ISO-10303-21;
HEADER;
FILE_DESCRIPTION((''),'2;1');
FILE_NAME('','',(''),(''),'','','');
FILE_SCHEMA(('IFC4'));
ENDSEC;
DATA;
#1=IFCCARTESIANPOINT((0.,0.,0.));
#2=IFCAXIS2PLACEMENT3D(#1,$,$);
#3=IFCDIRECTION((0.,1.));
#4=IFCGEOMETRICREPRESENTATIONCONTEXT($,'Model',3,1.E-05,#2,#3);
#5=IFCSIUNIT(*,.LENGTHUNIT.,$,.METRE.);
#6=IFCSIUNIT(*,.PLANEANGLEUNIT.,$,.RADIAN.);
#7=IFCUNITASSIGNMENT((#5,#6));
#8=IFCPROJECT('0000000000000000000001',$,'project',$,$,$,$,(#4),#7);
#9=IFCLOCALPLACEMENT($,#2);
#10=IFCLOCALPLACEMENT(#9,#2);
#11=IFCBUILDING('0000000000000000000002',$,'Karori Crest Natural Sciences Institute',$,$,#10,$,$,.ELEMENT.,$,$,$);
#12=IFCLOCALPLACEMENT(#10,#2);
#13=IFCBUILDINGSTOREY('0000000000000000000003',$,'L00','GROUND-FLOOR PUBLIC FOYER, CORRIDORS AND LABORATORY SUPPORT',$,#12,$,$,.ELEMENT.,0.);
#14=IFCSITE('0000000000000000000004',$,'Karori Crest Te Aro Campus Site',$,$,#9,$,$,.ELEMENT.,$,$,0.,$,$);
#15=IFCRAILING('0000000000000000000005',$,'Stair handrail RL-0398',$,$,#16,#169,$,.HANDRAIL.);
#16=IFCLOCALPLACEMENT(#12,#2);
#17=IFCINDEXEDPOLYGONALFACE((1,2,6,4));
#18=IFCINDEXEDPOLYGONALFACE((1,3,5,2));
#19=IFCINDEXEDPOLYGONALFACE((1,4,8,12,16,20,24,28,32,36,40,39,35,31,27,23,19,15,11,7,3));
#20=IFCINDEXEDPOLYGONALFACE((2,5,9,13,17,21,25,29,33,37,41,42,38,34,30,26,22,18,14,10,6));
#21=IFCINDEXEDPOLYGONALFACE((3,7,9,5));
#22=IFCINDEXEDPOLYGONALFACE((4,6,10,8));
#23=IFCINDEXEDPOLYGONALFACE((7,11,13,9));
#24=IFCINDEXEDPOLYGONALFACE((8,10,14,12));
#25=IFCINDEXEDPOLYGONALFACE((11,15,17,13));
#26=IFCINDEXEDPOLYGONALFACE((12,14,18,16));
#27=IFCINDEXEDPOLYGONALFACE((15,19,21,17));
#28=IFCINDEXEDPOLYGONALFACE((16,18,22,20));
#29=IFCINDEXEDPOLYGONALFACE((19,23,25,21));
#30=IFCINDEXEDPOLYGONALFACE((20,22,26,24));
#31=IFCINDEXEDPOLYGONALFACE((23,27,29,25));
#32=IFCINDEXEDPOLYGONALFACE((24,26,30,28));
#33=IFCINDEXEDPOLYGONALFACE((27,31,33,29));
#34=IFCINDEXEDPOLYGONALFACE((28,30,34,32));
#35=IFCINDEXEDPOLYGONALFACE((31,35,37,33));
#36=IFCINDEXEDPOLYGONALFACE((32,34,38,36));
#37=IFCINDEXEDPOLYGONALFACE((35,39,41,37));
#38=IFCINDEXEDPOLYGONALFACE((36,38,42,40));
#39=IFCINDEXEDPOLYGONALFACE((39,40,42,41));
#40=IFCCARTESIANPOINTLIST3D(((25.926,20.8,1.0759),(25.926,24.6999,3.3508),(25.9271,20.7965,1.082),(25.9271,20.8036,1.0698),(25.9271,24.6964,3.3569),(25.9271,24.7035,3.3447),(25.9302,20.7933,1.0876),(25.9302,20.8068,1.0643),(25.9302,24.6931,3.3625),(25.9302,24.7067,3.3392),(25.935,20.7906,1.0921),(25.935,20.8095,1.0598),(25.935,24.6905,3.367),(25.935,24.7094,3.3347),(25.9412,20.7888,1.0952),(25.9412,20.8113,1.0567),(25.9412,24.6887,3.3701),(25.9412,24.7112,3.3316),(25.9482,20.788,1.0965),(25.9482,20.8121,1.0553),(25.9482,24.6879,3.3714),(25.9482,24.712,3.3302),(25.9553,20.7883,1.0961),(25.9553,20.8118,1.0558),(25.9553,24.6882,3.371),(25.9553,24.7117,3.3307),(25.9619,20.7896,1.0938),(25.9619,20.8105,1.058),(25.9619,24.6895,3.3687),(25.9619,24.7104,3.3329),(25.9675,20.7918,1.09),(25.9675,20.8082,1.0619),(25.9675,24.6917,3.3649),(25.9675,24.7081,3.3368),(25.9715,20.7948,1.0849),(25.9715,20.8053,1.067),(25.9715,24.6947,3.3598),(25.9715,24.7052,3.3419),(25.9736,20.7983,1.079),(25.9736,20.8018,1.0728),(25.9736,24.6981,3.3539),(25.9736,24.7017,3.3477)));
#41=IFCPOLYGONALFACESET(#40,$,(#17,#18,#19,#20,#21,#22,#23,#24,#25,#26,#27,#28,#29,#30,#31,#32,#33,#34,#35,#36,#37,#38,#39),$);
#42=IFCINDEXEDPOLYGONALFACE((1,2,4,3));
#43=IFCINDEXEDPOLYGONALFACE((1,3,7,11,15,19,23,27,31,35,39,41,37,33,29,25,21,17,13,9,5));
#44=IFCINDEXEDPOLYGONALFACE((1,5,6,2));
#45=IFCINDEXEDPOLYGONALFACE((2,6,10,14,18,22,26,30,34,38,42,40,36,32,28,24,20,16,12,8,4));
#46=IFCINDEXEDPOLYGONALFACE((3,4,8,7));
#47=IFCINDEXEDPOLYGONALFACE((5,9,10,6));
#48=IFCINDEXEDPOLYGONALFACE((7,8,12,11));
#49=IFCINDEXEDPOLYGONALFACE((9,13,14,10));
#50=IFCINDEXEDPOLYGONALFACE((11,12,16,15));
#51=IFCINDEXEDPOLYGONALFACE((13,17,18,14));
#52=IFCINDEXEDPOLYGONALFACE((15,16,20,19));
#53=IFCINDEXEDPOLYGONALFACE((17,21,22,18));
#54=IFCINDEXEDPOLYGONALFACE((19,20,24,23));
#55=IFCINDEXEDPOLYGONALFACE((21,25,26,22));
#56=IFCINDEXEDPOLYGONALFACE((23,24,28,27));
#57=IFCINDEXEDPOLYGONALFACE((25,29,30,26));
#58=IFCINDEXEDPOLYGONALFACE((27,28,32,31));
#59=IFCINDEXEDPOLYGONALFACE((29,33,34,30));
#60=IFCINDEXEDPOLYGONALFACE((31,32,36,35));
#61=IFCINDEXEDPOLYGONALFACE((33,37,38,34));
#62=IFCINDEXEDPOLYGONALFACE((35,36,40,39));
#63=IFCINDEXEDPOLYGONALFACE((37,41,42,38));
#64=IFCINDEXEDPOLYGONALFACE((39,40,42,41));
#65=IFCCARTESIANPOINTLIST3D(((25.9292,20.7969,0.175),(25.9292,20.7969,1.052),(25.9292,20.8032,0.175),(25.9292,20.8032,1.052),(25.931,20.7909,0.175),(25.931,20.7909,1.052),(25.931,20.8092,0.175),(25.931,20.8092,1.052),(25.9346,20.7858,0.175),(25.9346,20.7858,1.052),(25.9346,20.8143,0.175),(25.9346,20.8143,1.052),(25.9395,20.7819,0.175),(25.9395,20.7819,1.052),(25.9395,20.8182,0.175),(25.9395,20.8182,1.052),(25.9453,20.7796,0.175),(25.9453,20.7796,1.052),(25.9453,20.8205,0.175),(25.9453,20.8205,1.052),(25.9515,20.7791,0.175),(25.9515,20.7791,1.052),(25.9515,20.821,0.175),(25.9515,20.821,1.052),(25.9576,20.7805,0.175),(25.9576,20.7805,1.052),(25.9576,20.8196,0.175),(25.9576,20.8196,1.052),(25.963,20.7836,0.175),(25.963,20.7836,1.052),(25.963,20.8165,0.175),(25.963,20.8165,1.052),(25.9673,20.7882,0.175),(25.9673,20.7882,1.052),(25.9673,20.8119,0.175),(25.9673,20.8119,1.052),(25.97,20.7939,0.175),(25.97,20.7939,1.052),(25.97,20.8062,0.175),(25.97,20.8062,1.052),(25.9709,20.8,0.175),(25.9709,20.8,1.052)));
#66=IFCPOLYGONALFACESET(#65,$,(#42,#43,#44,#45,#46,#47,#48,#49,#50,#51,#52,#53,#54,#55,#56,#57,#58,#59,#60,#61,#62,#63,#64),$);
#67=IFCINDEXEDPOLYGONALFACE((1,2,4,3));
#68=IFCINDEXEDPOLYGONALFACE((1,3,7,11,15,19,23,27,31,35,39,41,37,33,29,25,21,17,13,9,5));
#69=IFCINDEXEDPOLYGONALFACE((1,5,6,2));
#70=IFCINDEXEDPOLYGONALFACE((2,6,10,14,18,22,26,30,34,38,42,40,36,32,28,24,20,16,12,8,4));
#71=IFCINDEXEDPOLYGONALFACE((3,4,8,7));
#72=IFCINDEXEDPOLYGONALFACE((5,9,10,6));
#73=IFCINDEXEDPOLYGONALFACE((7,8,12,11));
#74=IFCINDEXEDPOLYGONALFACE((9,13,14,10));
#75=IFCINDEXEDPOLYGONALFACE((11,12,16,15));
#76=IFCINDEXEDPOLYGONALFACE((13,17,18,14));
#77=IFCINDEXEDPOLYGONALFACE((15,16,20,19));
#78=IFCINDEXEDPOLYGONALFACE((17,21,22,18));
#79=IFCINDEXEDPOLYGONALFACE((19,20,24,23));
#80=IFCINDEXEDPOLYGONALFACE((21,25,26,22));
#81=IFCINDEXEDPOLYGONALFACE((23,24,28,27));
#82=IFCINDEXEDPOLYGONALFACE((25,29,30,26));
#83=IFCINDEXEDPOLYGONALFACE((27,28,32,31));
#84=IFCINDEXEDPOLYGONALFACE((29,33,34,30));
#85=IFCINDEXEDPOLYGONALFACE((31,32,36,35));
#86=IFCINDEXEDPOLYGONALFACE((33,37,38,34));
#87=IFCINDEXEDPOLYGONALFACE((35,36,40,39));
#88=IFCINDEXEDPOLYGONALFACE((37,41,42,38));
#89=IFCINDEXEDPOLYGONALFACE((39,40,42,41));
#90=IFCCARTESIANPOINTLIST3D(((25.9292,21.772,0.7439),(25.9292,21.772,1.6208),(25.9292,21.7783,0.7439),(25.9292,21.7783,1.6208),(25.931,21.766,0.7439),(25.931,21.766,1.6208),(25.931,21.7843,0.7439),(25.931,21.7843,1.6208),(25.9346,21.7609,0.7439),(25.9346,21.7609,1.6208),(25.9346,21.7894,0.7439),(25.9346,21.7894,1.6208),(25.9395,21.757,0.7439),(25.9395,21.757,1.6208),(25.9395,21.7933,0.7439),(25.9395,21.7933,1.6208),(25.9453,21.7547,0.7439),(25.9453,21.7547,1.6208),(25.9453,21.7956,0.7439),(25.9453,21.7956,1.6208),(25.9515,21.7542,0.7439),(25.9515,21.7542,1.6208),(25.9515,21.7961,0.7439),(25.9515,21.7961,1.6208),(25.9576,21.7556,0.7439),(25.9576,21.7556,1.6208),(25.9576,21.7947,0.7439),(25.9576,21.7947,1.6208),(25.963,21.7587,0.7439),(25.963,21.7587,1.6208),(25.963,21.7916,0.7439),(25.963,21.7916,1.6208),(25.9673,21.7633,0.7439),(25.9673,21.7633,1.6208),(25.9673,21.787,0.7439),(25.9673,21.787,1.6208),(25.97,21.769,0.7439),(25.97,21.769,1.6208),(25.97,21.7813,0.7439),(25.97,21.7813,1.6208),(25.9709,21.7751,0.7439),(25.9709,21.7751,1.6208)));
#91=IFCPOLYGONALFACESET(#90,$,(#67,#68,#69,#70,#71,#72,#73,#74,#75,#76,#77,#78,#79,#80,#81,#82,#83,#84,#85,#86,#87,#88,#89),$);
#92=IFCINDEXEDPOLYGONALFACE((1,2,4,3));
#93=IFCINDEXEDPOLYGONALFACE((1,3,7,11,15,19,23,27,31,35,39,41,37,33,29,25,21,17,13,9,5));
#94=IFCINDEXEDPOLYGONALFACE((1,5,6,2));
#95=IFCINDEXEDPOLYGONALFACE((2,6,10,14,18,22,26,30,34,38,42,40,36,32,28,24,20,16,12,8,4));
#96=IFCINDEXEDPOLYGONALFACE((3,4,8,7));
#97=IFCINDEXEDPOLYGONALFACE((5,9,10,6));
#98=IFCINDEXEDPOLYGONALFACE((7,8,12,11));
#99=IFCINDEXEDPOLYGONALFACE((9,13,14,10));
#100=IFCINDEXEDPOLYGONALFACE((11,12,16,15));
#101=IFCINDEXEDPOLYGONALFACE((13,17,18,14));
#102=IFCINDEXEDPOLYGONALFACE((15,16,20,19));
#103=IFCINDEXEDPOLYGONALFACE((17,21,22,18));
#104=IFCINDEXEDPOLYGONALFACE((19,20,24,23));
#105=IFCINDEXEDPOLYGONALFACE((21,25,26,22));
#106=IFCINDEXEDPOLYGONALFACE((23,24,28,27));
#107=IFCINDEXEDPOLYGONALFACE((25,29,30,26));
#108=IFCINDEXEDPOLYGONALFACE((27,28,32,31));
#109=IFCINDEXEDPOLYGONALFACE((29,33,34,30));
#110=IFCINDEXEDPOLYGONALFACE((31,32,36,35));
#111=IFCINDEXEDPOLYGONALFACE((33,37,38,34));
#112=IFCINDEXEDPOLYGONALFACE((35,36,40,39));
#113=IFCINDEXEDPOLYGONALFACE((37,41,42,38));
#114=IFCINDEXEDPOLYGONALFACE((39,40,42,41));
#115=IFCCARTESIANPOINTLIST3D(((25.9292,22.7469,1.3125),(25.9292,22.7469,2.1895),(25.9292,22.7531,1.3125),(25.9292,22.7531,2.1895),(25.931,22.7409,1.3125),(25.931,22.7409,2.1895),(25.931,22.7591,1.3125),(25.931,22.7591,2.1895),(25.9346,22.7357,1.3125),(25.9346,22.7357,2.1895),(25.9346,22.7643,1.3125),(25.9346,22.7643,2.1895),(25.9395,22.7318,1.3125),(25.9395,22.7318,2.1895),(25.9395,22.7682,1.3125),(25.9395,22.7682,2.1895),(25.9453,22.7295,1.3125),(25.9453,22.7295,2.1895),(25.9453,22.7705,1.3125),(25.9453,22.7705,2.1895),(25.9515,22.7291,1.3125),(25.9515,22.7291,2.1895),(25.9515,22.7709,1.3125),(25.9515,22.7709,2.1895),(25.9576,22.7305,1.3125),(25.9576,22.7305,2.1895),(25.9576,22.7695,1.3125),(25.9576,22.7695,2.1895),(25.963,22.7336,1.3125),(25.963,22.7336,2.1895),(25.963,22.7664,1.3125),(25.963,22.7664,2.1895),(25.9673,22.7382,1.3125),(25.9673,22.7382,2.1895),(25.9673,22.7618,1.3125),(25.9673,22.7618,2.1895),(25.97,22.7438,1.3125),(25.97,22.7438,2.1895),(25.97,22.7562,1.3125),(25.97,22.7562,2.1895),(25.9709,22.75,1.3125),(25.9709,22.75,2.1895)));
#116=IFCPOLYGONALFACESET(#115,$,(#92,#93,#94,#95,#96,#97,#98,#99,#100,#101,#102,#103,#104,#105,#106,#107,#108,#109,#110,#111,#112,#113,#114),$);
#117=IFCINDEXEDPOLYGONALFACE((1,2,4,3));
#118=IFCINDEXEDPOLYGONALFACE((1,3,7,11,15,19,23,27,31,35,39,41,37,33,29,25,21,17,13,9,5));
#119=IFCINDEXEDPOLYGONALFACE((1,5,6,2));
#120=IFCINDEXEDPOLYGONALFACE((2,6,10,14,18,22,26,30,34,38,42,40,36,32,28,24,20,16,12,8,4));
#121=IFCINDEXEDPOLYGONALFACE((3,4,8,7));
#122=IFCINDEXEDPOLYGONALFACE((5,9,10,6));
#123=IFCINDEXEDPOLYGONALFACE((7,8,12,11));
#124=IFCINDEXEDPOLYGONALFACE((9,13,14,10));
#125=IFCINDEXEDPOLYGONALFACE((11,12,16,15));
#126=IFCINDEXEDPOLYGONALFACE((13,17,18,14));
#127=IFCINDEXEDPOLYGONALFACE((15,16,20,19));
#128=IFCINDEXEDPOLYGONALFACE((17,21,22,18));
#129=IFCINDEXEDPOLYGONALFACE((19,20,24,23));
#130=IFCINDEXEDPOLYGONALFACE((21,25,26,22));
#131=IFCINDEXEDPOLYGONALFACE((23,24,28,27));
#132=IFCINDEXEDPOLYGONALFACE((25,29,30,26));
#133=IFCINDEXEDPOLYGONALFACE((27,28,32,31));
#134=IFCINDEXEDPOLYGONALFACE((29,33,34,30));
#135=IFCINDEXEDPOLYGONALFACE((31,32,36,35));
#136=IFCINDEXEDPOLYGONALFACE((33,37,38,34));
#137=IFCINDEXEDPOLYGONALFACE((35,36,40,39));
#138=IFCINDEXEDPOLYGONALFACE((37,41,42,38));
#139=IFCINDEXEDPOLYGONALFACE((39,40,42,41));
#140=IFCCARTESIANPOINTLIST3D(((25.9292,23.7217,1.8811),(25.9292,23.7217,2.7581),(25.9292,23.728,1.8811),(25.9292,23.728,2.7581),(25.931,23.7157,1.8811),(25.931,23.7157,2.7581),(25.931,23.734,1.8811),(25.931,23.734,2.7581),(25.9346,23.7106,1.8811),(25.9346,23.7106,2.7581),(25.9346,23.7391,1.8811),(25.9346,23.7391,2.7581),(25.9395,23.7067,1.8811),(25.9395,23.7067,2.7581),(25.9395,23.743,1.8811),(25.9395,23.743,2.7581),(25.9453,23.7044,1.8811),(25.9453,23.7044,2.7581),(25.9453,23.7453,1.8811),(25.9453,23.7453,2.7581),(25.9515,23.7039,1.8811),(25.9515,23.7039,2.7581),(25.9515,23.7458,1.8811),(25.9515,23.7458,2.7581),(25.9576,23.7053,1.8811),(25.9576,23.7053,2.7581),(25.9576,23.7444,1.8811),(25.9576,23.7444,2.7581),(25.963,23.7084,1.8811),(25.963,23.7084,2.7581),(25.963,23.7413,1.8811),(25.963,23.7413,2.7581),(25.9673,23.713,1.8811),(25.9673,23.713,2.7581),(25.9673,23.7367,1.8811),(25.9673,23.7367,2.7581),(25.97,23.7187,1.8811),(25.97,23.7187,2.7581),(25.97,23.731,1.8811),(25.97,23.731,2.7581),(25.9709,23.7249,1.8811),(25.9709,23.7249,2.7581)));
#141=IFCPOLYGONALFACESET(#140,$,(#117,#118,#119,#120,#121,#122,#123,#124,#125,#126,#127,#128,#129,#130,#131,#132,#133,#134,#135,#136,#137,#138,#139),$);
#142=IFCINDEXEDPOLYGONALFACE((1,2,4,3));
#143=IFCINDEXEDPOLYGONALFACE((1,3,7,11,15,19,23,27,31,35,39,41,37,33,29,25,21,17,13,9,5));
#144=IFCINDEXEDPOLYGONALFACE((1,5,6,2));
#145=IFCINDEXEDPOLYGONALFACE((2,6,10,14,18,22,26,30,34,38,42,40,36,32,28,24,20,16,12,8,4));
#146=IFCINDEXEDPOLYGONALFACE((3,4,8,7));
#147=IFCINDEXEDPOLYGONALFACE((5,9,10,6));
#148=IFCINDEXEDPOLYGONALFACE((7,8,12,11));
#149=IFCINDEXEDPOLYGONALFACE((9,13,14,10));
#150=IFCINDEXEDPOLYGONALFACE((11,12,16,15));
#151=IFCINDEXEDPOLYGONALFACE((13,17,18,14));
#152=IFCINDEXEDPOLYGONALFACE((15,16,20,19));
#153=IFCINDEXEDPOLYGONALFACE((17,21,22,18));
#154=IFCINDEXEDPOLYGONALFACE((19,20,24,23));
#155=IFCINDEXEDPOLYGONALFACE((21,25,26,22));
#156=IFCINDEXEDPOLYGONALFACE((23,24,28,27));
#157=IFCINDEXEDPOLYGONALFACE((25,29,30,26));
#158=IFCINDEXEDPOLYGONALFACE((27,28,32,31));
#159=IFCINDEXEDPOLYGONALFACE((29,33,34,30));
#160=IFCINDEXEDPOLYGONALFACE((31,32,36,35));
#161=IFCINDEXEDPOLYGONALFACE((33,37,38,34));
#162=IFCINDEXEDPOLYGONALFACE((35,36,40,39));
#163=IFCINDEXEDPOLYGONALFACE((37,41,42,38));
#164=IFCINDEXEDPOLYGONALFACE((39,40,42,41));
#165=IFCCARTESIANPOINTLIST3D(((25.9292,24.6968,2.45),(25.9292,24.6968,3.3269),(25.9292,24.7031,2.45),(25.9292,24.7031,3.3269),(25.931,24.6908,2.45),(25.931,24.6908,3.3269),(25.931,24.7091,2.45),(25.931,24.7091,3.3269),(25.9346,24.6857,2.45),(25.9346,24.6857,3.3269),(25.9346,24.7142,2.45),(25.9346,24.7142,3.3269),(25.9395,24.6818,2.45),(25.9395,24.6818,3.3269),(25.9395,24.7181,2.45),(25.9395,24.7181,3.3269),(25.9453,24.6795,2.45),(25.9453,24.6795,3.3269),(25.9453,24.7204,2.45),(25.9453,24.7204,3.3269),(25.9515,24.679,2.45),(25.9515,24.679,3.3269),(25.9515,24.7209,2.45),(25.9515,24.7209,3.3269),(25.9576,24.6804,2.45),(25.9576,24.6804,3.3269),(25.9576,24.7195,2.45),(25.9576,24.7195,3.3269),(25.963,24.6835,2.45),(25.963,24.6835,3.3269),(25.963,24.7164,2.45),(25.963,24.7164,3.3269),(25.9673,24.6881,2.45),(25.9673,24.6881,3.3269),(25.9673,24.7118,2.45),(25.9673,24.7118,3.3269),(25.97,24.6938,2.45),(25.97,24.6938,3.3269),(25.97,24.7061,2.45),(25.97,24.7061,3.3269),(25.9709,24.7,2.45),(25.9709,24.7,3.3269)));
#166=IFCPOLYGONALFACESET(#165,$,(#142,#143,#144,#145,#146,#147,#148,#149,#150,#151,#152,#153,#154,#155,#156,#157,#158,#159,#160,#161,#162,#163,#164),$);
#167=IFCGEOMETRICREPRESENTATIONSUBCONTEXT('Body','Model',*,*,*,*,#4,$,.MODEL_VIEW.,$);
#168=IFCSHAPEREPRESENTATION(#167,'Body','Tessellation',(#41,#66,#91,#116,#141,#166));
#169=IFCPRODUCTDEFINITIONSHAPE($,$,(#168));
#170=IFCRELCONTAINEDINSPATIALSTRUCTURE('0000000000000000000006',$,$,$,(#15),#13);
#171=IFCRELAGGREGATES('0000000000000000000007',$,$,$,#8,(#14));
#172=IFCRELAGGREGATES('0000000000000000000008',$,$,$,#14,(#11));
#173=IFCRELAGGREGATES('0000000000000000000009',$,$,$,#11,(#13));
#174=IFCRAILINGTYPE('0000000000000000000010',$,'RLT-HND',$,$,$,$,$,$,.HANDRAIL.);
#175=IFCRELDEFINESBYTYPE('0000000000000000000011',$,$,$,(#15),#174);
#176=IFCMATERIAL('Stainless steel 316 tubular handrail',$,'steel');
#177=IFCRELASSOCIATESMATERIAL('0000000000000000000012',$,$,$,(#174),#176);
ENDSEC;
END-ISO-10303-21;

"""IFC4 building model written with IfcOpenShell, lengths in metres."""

from ifc_helpers import new_model, si_unit, direction, frame, origin, origin_2d, place, context, subcontext, project, spatial, circle, extrude, material, type_object, element, save


model = new_model("IFC4")

# Units and contexts
model_context = context("Model", 3, precision=1e-05, world=origin(), true_north=direction((0.0, 1.0)))
body_context = subcontext(model_context, "Body", "Model", "MODEL_VIEW")
ifc_project = project(units=[si_unit("LENGTHUNIT", "METRE"), si_unit("PLANEANGLEUNIT", "RADIAN")], contexts=[model_context])

# Site, building, storey
site_placement = place(None, origin())
site = spatial("IfcSite", under=ifc_project, at=site_placement, Name="Karori Crest Te Aro Campus Site", CompositionType="ELEMENT", RefElevation=0.0)
building_placement = place(site_placement, origin())
building = spatial("IfcBuilding", under=site, at=building_placement, Name="Karori Crest Natural Sciences Institute", CompositionType="ELEMENT")
storey_placement = place(building_placement, origin())
storey = spatial("IfcBuildingStorey", under=building, at=storey_placement, Name="L00", Description="GROUND-FLOOR PUBLIC FOYER, CORRIDORS AND LABORATORY SUPPORT", CompositionType="ELEMENT", Elevation=0.0)

# Railing
ifc_material_1 = material(Name="Stainless steel 316 tubular handrail", Category="steel")
railing_type_1 = type_object("IfcRailingType", Name="RLT-HND", PredefinedType="HANDRAIL", material=ifc_material_1)
railing_1_placement = place(storey_placement, frame((25.95, 20.8, 0.175)))
element("IfcRailing", 1, at=railing_1_placement, inside=storey, type_object=railing_type_1, Name="Stair handrail RL-0398", PredefinedType="HANDRAIL", context=body_context, shape_type="SweptSolid", body=[
    extrude(circle(Radius=0.0239, at=origin_2d()), frame((0.0, 0.0, 0.9009), z_axis=(0.0, 0.863783, 0.503864), x_axis=(-1.0, 0.0, 0.0)), (0.0, 0.0, 1.0), 4.5149),
    extrude(circle(Radius=0.021, at=origin_2d()), origin(), (0.0, 0.0, 1.0), 0.877),
    extrude(circle(Radius=0.021, at=origin_2d()), frame((0.0, 0.9751, 0.5688)), (0.0, 0.0, 1.0), 0.877),
    extrude(circle(Radius=0.021, at=origin_2d()), frame((0.0, 1.95, 1.1375)), (0.0, 0.0, 1.0), 0.877),
    extrude(circle(Radius=0.021, at=origin_2d()), frame((0.0, 2.9248, 1.7061)), (0.0, 0.0, 1.0), 0.877),
    extrude(circle(Radius=0.021, at=origin_2d()), frame((0.0, 3.8999, 2.2749)), (0.0, 0.0, 1.0), 0.877),
])

save(model, "model.ifc")
